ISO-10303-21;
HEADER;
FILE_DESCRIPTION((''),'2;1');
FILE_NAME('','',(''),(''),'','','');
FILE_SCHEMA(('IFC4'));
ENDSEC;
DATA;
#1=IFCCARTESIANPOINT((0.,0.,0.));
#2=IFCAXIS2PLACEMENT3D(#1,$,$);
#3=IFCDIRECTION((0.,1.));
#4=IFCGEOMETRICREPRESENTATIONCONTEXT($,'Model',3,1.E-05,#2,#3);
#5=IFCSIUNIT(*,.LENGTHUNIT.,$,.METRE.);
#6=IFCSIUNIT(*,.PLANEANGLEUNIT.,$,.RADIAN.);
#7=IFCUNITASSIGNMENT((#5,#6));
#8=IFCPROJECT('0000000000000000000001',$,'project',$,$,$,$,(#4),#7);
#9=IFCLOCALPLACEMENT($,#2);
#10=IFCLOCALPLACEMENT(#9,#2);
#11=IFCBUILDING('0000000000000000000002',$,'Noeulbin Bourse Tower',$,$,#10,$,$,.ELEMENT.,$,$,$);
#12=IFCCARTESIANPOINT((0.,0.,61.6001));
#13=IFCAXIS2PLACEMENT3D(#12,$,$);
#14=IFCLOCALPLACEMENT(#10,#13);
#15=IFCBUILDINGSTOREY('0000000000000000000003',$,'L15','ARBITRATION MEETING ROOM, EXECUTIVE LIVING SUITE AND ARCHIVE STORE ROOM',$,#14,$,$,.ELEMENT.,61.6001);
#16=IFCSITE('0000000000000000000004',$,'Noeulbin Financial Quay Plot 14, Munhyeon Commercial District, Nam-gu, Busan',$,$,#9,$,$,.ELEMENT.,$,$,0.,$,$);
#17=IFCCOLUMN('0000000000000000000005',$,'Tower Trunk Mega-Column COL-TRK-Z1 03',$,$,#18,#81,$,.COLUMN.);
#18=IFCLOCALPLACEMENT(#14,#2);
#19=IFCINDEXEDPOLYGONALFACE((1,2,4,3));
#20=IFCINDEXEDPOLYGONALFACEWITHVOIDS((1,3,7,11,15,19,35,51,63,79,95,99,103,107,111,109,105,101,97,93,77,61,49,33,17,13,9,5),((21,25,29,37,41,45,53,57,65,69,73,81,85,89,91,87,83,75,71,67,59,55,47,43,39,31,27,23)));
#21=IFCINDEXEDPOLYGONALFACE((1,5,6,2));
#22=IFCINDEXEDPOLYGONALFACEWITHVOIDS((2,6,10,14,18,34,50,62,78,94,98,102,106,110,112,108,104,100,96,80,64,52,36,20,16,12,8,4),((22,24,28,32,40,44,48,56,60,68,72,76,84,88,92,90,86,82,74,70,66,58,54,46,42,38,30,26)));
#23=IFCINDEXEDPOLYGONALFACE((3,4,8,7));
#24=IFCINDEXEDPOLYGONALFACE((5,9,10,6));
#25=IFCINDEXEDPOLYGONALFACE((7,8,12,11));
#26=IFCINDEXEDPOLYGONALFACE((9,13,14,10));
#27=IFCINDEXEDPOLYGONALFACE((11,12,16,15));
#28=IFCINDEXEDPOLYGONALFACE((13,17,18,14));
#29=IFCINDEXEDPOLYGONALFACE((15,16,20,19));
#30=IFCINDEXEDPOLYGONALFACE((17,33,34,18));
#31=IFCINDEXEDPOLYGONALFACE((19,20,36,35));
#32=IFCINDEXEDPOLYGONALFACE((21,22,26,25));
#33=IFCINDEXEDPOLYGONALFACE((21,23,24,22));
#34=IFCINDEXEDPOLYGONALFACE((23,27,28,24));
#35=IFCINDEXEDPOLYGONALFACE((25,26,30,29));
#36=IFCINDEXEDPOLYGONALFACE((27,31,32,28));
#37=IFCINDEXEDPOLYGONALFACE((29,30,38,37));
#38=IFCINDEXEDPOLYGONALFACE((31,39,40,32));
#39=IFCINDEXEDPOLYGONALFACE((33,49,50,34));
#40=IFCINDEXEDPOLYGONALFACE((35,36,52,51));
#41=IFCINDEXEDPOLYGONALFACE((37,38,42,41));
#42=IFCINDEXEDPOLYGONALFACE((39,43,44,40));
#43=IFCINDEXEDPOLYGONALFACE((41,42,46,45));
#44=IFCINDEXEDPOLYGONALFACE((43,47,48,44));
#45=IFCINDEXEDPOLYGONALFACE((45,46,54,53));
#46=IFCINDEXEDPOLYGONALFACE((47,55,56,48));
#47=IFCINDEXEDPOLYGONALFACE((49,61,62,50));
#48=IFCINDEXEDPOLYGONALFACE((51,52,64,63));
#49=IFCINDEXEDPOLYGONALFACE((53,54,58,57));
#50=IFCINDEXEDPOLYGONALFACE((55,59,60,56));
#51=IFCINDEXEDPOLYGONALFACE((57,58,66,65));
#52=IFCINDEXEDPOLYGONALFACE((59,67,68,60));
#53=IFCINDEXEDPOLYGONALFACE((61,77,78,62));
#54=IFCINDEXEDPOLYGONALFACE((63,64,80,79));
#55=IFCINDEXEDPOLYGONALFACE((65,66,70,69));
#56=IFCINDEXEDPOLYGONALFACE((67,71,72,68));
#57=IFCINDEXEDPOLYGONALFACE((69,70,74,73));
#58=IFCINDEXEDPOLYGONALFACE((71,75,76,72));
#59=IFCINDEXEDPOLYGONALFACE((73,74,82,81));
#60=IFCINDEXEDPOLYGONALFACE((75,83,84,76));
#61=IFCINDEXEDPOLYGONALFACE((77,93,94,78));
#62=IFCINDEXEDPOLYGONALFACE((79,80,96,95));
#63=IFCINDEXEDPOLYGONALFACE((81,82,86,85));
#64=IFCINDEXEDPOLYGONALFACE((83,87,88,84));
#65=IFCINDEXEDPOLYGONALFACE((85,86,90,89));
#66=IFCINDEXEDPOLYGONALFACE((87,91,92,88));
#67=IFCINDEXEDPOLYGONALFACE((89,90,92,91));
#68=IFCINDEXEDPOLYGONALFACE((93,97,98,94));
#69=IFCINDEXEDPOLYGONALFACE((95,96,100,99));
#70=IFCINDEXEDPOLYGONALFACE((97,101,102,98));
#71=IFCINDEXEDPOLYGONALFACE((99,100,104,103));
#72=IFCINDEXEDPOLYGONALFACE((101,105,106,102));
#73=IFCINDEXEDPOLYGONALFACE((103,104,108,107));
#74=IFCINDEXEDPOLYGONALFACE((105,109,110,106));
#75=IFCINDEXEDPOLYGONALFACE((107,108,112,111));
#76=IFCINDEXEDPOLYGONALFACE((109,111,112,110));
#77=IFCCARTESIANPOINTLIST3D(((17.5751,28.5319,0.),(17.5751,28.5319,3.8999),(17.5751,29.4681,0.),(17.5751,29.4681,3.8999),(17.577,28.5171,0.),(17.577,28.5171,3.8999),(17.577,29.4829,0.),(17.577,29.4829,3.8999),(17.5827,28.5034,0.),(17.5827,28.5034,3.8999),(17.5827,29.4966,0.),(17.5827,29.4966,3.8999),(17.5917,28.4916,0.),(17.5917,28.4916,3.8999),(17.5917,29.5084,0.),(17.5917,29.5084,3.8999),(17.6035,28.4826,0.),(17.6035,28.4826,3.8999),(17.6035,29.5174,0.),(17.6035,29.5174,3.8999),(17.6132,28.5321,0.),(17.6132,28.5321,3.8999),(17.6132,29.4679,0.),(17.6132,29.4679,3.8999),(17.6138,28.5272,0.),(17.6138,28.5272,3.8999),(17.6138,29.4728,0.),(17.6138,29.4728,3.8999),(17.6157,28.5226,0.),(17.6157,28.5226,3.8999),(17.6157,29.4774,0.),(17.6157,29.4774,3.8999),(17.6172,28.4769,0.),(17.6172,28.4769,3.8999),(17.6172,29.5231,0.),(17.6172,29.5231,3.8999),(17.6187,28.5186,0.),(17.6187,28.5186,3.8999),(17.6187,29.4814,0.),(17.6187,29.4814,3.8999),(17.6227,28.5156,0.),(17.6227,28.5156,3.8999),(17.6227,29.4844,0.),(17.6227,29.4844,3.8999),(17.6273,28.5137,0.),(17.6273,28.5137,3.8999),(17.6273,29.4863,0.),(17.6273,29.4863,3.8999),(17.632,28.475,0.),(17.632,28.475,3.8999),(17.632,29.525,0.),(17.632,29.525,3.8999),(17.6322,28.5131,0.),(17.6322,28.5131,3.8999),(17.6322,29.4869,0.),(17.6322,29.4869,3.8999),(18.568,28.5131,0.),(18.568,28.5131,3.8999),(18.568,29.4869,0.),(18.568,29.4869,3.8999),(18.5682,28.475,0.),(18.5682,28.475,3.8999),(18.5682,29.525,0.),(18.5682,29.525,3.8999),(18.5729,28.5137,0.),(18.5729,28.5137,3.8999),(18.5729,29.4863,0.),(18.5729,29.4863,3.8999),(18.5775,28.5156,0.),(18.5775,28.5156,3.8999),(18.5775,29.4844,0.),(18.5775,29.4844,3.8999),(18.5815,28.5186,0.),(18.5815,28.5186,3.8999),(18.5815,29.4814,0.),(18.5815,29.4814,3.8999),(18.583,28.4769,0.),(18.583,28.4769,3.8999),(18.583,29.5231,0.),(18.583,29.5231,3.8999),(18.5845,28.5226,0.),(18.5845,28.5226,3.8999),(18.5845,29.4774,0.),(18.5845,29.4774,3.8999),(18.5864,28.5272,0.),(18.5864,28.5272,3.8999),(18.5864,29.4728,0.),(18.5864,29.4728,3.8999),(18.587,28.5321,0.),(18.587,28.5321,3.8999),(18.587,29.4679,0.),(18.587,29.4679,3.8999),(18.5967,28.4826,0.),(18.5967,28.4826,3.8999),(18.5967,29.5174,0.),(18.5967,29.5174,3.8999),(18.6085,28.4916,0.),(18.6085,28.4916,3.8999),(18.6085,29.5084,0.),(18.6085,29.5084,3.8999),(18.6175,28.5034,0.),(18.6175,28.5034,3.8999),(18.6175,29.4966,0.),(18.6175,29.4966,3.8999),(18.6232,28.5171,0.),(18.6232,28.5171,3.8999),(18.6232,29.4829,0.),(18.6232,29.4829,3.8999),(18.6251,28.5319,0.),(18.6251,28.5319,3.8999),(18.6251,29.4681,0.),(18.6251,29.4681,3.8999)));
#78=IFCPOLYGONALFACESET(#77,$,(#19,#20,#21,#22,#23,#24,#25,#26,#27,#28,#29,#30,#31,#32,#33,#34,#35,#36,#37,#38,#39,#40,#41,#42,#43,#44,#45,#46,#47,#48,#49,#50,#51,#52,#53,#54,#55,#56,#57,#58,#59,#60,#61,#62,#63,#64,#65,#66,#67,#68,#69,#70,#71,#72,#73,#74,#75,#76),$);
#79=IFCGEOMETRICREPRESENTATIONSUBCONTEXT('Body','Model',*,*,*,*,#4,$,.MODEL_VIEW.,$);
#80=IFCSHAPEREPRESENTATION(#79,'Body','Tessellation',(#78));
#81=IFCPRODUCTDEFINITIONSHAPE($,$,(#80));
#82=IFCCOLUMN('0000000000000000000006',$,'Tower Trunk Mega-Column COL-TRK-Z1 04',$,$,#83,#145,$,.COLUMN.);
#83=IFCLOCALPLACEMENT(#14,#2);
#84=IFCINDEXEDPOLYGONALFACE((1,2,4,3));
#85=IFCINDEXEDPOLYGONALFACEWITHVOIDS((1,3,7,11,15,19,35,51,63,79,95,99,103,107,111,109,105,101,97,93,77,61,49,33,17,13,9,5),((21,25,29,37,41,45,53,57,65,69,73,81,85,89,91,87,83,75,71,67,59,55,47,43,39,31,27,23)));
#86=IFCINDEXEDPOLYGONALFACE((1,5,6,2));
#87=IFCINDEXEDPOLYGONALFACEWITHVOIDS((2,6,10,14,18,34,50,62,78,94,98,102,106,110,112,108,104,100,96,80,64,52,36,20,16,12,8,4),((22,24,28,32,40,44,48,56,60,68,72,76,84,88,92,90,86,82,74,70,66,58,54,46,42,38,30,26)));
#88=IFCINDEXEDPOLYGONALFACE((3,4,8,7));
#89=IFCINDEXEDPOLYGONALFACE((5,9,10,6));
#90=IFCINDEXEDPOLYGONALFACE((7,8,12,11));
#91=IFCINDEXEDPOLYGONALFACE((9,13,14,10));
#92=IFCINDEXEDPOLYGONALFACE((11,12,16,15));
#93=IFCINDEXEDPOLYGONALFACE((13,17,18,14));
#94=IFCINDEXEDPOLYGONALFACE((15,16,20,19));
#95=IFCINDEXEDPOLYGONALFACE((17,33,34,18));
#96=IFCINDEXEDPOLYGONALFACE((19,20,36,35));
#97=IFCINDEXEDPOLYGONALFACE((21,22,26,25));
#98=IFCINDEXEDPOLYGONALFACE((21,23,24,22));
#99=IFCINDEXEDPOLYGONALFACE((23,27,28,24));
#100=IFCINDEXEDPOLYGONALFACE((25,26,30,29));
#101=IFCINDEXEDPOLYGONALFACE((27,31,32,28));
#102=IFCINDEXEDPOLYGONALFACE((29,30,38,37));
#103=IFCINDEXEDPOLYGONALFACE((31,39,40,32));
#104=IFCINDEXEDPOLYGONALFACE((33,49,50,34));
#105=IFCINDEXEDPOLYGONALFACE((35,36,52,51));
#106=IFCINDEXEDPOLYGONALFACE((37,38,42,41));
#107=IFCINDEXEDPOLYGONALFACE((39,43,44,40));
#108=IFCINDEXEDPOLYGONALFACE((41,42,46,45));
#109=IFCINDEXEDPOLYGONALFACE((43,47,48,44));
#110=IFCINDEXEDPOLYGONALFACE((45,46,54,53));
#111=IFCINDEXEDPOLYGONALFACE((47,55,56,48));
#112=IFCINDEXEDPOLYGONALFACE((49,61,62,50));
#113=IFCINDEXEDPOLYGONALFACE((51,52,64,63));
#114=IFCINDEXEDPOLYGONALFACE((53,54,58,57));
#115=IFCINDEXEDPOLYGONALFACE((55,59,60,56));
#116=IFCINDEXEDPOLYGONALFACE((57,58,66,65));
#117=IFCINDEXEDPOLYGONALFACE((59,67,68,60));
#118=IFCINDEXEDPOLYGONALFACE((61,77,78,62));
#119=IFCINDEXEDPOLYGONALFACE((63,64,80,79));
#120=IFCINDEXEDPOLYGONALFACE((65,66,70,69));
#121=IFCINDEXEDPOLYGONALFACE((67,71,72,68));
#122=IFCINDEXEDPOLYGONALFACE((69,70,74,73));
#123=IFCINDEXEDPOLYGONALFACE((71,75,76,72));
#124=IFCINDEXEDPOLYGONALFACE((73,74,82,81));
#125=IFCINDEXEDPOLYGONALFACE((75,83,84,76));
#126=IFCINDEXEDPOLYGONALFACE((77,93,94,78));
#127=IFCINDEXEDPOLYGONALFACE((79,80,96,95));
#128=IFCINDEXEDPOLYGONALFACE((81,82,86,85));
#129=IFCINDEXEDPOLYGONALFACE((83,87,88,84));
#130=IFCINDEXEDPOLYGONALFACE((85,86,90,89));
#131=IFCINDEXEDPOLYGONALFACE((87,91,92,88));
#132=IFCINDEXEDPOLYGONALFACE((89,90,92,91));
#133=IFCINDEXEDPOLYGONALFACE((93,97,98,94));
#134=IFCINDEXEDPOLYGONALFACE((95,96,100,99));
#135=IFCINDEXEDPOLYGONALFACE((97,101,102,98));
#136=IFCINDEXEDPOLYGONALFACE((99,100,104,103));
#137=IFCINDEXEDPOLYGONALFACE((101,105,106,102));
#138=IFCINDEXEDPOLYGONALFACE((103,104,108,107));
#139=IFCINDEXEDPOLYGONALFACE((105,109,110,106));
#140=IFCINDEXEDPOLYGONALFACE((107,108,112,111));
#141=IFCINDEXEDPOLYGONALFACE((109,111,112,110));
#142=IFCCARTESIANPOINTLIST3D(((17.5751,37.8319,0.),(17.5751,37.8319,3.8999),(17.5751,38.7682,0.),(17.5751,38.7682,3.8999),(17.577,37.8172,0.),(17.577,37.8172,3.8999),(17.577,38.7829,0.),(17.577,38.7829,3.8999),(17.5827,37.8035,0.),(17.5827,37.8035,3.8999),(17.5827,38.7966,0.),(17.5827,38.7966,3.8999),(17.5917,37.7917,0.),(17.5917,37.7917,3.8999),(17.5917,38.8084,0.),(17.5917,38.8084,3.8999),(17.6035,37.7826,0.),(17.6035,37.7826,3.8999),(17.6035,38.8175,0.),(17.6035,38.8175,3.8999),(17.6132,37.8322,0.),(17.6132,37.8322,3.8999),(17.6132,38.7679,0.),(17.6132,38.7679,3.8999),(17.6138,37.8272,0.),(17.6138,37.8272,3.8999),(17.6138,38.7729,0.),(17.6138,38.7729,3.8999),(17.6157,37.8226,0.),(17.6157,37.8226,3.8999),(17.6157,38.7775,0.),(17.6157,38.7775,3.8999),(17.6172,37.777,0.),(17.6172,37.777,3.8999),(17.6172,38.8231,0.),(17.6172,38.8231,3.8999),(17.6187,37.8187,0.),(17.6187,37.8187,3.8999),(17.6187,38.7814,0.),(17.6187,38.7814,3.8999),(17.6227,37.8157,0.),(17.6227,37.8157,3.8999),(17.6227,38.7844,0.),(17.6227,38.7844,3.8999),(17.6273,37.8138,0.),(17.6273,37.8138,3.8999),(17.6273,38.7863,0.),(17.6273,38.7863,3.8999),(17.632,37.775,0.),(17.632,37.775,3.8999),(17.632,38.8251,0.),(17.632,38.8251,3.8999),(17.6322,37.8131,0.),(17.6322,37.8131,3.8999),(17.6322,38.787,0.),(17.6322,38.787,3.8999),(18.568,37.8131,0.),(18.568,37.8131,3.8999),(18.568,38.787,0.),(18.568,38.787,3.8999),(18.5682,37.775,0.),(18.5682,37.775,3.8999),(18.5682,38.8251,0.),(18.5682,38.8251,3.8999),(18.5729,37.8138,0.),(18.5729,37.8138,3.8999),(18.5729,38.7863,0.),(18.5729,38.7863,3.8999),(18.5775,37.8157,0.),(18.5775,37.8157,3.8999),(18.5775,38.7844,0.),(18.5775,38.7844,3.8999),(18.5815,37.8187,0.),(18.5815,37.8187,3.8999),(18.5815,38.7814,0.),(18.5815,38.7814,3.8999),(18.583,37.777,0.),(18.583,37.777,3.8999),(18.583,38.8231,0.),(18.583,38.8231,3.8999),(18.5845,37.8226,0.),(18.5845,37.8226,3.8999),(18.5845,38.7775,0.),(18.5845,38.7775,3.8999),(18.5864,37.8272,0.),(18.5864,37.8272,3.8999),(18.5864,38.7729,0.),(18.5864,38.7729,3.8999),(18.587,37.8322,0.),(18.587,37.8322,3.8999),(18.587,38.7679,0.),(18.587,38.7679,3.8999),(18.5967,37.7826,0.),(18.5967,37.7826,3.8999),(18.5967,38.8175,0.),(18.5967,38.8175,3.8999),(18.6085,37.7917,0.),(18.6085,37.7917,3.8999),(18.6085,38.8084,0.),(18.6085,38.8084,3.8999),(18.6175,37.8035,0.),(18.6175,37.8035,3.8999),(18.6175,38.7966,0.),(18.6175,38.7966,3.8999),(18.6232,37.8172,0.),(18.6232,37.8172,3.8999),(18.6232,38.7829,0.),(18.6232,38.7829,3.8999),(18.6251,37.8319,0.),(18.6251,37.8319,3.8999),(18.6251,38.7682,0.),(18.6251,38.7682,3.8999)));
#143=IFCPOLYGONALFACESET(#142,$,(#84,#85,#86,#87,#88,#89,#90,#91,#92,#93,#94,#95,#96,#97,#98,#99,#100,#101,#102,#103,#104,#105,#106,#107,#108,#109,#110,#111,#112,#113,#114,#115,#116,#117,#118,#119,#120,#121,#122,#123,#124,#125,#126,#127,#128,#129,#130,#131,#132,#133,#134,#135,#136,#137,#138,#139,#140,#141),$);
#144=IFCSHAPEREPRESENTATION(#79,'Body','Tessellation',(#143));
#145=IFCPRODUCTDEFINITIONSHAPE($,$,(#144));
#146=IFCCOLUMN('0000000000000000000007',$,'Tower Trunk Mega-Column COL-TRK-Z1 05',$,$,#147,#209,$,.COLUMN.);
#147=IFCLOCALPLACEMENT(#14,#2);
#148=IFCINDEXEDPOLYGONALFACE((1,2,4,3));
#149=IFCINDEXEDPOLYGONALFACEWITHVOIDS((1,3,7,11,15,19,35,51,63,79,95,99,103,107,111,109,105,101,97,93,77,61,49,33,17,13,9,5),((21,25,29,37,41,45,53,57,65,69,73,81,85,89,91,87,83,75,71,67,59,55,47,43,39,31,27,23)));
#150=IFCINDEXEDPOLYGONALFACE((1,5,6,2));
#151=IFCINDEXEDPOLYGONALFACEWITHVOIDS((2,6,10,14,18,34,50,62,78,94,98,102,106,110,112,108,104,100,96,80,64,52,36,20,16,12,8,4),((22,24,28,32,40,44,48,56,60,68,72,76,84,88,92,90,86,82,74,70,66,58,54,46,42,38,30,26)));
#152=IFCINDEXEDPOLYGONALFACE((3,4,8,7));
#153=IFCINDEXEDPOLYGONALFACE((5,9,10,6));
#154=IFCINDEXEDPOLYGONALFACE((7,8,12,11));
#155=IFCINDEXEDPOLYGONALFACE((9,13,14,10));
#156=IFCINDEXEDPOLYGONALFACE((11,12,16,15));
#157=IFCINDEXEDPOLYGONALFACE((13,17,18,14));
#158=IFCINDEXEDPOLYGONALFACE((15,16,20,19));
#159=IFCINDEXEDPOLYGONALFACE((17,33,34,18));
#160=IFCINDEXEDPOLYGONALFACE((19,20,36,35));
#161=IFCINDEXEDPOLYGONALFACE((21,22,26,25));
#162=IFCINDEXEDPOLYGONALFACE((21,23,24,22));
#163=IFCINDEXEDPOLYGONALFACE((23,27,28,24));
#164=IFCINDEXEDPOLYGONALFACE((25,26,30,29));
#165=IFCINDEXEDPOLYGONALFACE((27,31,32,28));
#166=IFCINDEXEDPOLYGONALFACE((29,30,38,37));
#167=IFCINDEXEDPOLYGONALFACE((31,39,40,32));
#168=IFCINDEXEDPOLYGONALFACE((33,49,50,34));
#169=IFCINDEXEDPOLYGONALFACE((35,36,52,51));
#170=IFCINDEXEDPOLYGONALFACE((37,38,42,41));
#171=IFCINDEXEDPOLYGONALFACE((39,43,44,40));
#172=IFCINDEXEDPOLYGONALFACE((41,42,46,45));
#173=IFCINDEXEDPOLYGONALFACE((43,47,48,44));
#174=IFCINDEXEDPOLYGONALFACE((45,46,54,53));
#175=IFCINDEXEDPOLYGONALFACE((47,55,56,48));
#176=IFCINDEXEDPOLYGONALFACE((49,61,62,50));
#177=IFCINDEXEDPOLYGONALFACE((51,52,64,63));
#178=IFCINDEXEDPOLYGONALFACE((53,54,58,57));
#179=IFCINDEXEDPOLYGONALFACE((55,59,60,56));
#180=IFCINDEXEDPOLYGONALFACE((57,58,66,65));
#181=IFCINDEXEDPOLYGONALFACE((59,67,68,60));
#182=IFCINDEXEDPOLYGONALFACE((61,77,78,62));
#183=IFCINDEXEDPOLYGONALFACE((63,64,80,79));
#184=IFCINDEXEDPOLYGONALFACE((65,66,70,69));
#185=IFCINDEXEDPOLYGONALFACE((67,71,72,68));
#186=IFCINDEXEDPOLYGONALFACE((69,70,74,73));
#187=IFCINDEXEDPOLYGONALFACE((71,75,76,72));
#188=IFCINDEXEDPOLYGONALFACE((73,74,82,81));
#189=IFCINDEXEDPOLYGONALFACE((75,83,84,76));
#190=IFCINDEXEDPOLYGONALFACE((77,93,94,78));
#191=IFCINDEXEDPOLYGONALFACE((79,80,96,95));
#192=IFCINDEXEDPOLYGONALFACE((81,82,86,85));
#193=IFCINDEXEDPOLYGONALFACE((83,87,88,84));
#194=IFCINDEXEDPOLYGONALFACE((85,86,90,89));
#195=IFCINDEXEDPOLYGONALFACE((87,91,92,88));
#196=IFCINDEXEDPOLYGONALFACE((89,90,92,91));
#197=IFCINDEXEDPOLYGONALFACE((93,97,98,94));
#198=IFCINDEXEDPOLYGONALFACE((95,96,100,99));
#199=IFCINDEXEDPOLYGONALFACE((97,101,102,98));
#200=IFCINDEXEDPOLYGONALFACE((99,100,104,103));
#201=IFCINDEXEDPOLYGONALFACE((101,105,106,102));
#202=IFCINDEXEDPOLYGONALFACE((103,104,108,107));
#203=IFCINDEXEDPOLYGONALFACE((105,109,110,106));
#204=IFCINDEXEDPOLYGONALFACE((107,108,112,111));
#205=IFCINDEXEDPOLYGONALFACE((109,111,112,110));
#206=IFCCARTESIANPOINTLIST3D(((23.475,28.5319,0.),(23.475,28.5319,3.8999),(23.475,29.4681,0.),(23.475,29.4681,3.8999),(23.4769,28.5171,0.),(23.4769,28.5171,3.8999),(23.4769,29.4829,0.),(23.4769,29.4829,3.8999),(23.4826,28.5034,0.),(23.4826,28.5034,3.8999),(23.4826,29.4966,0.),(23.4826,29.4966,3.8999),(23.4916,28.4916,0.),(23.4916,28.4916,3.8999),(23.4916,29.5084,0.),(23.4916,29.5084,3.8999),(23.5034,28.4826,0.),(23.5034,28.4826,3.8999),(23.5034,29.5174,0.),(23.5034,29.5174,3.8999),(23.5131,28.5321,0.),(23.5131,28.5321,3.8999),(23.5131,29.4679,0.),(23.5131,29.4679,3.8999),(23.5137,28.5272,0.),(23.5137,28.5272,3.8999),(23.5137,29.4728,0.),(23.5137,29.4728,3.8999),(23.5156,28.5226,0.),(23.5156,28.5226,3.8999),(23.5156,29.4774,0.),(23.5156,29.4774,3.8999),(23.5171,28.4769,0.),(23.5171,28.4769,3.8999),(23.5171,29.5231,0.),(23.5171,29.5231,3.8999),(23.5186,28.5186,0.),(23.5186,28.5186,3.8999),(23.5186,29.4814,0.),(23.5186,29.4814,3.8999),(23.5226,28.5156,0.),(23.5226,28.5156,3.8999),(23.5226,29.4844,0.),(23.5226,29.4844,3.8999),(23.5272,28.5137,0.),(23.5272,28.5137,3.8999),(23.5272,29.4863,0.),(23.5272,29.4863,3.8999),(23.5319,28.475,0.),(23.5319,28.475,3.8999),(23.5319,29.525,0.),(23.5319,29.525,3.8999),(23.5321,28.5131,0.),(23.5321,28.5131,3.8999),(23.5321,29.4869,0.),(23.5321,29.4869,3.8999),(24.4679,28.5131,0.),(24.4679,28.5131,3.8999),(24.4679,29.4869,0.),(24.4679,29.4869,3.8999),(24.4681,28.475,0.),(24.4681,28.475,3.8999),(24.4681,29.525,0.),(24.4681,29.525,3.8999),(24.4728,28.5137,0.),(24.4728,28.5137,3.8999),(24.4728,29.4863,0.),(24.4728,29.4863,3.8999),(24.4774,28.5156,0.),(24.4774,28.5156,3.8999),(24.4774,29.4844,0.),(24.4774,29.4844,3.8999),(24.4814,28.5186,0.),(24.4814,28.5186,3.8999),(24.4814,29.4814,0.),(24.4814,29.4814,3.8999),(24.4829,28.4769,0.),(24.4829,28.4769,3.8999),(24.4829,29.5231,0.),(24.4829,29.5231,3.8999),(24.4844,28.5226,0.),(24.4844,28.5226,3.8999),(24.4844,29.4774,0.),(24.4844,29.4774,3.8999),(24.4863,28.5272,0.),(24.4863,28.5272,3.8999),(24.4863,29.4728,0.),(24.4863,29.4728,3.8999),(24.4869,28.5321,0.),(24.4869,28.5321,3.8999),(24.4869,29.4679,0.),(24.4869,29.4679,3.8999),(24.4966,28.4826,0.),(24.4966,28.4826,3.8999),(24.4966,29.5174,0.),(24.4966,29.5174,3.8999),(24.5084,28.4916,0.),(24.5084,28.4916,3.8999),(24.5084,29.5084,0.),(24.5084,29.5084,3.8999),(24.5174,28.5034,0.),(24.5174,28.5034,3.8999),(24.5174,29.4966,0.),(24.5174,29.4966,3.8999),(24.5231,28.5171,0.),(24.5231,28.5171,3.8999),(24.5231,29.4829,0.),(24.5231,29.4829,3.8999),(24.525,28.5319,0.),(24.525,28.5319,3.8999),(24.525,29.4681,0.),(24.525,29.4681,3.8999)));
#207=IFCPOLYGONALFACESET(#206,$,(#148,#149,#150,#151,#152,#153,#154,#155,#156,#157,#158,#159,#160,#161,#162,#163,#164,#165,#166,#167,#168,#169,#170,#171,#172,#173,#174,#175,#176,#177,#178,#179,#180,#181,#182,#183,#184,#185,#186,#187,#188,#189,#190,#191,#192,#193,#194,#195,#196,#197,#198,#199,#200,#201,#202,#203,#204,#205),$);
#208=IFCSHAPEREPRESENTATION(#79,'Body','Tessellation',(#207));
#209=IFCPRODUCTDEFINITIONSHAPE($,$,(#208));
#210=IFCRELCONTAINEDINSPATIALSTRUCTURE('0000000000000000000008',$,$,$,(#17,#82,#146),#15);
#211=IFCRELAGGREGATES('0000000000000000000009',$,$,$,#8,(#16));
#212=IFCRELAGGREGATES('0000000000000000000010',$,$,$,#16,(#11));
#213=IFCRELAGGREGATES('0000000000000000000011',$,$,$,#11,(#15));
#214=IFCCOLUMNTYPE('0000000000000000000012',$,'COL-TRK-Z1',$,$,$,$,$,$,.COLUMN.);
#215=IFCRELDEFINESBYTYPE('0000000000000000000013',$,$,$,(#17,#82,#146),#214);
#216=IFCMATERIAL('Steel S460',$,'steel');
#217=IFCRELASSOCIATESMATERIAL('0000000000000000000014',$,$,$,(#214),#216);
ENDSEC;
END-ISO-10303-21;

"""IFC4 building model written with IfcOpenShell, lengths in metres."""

from ifc_helpers import new_model, si_unit, direction, frame, origin, origin_2d, place, context, subcontext, project, spatial, hollow_rectangle, extrude, material, material_profile, profile_set, type_object, element, save


model = new_model("IFC4")

# Units and contexts
model_context = context("Model", 3, precision=1e-05, world=origin(), true_north=direction((0.0, 1.0)))
body_context = subcontext(model_context, "Body", "Model", "MODEL_VIEW")
ifc_project = project(units=[si_unit("LENGTHUNIT", "METRE"), si_unit("PLANEANGLEUNIT", "RADIAN")], contexts=[model_context])

# Site, building, storey
site_placement = place(None, origin())
site = spatial("IfcSite", under=ifc_project, at=site_placement, Name="Noeulbin Financial Quay Plot 14, Munhyeon Commercial District, Nam-gu, Busan", CompositionType="ELEMENT", RefElevation=0.0)
building_placement = place(site_placement, origin())
building = spatial("IfcBuilding", under=site, at=building_placement, Name="Noeulbin Bourse Tower", CompositionType="ELEMENT")
storey_placement = place(building_placement, frame((0.0, 0.0, 61.6001)))
storey = spatial("IfcBuildingStorey", under=building, at=storey_placement, Name="L15", Description="ARBITRATION MEETING ROOM, EXECUTIVE LIVING SUITE AND ARCHIVE STORE ROOM", CompositionType="ELEMENT", Elevation=61.6001)

# Columns
ifc_material_1 = material(Name="Steel S460", Category="steel")
ifc_material_profile = material_profile(ifc_material_1, hollow_rectangle(XDim=1.05, YDim=1.05, WallThickness=0.0381, InnerFilletRadius=0.019, OuterFilletRadius=0.0569, at=origin_2d()), Name="BOX-1050x1050x38", Category="LoadBearing")
ifc_profile_set = profile_set([ifc_material_profile], Name="Steel S460")
column_type = type_object("IfcColumnType", Name="COL-TRK-Z1", PredefinedType="COLUMN", material=ifc_profile_set)
for number, where, z_axis, x_axis, name in (
    (1, (18.1001, 29.0, 0.0), (0.0, 0.0, 1.0), (1.0, 0.0, 0.0), "Tower Trunk Mega-Column COL-TRK-Z1 03"),
    (2, (18.1001, 38.3, 0.0), (0.0, 0.0, 1.0), (1.0, 0.0, 0.0), "Tower Trunk Mega-Column COL-TRK-Z1 04"),
    (3, (24.0, 29.0, 0.0), (0.0, 0.0, 1.0), (1.0, 0.0, 0.0), "Tower Trunk Mega-Column COL-TRK-Z1 05"),
):
    element("IfcColumn", number, at=place(storey_placement, frame(where, z_axis=z_axis, x_axis=x_axis)), inside=storey, type_object=column_type, Name=name, PredefinedType="COLUMN", context=body_context, shape_type="SweptSolid", body=[
        extrude(hollow_rectangle(XDim=1.05, YDim=1.05, WallThickness=0.0381, InnerFilletRadius=0.019, OuterFilletRadius=0.0569, at=origin_2d()), origin(), (0.0, 0.0, 1.0), 3.8999),
    ])

save(model, "model.ifc")
